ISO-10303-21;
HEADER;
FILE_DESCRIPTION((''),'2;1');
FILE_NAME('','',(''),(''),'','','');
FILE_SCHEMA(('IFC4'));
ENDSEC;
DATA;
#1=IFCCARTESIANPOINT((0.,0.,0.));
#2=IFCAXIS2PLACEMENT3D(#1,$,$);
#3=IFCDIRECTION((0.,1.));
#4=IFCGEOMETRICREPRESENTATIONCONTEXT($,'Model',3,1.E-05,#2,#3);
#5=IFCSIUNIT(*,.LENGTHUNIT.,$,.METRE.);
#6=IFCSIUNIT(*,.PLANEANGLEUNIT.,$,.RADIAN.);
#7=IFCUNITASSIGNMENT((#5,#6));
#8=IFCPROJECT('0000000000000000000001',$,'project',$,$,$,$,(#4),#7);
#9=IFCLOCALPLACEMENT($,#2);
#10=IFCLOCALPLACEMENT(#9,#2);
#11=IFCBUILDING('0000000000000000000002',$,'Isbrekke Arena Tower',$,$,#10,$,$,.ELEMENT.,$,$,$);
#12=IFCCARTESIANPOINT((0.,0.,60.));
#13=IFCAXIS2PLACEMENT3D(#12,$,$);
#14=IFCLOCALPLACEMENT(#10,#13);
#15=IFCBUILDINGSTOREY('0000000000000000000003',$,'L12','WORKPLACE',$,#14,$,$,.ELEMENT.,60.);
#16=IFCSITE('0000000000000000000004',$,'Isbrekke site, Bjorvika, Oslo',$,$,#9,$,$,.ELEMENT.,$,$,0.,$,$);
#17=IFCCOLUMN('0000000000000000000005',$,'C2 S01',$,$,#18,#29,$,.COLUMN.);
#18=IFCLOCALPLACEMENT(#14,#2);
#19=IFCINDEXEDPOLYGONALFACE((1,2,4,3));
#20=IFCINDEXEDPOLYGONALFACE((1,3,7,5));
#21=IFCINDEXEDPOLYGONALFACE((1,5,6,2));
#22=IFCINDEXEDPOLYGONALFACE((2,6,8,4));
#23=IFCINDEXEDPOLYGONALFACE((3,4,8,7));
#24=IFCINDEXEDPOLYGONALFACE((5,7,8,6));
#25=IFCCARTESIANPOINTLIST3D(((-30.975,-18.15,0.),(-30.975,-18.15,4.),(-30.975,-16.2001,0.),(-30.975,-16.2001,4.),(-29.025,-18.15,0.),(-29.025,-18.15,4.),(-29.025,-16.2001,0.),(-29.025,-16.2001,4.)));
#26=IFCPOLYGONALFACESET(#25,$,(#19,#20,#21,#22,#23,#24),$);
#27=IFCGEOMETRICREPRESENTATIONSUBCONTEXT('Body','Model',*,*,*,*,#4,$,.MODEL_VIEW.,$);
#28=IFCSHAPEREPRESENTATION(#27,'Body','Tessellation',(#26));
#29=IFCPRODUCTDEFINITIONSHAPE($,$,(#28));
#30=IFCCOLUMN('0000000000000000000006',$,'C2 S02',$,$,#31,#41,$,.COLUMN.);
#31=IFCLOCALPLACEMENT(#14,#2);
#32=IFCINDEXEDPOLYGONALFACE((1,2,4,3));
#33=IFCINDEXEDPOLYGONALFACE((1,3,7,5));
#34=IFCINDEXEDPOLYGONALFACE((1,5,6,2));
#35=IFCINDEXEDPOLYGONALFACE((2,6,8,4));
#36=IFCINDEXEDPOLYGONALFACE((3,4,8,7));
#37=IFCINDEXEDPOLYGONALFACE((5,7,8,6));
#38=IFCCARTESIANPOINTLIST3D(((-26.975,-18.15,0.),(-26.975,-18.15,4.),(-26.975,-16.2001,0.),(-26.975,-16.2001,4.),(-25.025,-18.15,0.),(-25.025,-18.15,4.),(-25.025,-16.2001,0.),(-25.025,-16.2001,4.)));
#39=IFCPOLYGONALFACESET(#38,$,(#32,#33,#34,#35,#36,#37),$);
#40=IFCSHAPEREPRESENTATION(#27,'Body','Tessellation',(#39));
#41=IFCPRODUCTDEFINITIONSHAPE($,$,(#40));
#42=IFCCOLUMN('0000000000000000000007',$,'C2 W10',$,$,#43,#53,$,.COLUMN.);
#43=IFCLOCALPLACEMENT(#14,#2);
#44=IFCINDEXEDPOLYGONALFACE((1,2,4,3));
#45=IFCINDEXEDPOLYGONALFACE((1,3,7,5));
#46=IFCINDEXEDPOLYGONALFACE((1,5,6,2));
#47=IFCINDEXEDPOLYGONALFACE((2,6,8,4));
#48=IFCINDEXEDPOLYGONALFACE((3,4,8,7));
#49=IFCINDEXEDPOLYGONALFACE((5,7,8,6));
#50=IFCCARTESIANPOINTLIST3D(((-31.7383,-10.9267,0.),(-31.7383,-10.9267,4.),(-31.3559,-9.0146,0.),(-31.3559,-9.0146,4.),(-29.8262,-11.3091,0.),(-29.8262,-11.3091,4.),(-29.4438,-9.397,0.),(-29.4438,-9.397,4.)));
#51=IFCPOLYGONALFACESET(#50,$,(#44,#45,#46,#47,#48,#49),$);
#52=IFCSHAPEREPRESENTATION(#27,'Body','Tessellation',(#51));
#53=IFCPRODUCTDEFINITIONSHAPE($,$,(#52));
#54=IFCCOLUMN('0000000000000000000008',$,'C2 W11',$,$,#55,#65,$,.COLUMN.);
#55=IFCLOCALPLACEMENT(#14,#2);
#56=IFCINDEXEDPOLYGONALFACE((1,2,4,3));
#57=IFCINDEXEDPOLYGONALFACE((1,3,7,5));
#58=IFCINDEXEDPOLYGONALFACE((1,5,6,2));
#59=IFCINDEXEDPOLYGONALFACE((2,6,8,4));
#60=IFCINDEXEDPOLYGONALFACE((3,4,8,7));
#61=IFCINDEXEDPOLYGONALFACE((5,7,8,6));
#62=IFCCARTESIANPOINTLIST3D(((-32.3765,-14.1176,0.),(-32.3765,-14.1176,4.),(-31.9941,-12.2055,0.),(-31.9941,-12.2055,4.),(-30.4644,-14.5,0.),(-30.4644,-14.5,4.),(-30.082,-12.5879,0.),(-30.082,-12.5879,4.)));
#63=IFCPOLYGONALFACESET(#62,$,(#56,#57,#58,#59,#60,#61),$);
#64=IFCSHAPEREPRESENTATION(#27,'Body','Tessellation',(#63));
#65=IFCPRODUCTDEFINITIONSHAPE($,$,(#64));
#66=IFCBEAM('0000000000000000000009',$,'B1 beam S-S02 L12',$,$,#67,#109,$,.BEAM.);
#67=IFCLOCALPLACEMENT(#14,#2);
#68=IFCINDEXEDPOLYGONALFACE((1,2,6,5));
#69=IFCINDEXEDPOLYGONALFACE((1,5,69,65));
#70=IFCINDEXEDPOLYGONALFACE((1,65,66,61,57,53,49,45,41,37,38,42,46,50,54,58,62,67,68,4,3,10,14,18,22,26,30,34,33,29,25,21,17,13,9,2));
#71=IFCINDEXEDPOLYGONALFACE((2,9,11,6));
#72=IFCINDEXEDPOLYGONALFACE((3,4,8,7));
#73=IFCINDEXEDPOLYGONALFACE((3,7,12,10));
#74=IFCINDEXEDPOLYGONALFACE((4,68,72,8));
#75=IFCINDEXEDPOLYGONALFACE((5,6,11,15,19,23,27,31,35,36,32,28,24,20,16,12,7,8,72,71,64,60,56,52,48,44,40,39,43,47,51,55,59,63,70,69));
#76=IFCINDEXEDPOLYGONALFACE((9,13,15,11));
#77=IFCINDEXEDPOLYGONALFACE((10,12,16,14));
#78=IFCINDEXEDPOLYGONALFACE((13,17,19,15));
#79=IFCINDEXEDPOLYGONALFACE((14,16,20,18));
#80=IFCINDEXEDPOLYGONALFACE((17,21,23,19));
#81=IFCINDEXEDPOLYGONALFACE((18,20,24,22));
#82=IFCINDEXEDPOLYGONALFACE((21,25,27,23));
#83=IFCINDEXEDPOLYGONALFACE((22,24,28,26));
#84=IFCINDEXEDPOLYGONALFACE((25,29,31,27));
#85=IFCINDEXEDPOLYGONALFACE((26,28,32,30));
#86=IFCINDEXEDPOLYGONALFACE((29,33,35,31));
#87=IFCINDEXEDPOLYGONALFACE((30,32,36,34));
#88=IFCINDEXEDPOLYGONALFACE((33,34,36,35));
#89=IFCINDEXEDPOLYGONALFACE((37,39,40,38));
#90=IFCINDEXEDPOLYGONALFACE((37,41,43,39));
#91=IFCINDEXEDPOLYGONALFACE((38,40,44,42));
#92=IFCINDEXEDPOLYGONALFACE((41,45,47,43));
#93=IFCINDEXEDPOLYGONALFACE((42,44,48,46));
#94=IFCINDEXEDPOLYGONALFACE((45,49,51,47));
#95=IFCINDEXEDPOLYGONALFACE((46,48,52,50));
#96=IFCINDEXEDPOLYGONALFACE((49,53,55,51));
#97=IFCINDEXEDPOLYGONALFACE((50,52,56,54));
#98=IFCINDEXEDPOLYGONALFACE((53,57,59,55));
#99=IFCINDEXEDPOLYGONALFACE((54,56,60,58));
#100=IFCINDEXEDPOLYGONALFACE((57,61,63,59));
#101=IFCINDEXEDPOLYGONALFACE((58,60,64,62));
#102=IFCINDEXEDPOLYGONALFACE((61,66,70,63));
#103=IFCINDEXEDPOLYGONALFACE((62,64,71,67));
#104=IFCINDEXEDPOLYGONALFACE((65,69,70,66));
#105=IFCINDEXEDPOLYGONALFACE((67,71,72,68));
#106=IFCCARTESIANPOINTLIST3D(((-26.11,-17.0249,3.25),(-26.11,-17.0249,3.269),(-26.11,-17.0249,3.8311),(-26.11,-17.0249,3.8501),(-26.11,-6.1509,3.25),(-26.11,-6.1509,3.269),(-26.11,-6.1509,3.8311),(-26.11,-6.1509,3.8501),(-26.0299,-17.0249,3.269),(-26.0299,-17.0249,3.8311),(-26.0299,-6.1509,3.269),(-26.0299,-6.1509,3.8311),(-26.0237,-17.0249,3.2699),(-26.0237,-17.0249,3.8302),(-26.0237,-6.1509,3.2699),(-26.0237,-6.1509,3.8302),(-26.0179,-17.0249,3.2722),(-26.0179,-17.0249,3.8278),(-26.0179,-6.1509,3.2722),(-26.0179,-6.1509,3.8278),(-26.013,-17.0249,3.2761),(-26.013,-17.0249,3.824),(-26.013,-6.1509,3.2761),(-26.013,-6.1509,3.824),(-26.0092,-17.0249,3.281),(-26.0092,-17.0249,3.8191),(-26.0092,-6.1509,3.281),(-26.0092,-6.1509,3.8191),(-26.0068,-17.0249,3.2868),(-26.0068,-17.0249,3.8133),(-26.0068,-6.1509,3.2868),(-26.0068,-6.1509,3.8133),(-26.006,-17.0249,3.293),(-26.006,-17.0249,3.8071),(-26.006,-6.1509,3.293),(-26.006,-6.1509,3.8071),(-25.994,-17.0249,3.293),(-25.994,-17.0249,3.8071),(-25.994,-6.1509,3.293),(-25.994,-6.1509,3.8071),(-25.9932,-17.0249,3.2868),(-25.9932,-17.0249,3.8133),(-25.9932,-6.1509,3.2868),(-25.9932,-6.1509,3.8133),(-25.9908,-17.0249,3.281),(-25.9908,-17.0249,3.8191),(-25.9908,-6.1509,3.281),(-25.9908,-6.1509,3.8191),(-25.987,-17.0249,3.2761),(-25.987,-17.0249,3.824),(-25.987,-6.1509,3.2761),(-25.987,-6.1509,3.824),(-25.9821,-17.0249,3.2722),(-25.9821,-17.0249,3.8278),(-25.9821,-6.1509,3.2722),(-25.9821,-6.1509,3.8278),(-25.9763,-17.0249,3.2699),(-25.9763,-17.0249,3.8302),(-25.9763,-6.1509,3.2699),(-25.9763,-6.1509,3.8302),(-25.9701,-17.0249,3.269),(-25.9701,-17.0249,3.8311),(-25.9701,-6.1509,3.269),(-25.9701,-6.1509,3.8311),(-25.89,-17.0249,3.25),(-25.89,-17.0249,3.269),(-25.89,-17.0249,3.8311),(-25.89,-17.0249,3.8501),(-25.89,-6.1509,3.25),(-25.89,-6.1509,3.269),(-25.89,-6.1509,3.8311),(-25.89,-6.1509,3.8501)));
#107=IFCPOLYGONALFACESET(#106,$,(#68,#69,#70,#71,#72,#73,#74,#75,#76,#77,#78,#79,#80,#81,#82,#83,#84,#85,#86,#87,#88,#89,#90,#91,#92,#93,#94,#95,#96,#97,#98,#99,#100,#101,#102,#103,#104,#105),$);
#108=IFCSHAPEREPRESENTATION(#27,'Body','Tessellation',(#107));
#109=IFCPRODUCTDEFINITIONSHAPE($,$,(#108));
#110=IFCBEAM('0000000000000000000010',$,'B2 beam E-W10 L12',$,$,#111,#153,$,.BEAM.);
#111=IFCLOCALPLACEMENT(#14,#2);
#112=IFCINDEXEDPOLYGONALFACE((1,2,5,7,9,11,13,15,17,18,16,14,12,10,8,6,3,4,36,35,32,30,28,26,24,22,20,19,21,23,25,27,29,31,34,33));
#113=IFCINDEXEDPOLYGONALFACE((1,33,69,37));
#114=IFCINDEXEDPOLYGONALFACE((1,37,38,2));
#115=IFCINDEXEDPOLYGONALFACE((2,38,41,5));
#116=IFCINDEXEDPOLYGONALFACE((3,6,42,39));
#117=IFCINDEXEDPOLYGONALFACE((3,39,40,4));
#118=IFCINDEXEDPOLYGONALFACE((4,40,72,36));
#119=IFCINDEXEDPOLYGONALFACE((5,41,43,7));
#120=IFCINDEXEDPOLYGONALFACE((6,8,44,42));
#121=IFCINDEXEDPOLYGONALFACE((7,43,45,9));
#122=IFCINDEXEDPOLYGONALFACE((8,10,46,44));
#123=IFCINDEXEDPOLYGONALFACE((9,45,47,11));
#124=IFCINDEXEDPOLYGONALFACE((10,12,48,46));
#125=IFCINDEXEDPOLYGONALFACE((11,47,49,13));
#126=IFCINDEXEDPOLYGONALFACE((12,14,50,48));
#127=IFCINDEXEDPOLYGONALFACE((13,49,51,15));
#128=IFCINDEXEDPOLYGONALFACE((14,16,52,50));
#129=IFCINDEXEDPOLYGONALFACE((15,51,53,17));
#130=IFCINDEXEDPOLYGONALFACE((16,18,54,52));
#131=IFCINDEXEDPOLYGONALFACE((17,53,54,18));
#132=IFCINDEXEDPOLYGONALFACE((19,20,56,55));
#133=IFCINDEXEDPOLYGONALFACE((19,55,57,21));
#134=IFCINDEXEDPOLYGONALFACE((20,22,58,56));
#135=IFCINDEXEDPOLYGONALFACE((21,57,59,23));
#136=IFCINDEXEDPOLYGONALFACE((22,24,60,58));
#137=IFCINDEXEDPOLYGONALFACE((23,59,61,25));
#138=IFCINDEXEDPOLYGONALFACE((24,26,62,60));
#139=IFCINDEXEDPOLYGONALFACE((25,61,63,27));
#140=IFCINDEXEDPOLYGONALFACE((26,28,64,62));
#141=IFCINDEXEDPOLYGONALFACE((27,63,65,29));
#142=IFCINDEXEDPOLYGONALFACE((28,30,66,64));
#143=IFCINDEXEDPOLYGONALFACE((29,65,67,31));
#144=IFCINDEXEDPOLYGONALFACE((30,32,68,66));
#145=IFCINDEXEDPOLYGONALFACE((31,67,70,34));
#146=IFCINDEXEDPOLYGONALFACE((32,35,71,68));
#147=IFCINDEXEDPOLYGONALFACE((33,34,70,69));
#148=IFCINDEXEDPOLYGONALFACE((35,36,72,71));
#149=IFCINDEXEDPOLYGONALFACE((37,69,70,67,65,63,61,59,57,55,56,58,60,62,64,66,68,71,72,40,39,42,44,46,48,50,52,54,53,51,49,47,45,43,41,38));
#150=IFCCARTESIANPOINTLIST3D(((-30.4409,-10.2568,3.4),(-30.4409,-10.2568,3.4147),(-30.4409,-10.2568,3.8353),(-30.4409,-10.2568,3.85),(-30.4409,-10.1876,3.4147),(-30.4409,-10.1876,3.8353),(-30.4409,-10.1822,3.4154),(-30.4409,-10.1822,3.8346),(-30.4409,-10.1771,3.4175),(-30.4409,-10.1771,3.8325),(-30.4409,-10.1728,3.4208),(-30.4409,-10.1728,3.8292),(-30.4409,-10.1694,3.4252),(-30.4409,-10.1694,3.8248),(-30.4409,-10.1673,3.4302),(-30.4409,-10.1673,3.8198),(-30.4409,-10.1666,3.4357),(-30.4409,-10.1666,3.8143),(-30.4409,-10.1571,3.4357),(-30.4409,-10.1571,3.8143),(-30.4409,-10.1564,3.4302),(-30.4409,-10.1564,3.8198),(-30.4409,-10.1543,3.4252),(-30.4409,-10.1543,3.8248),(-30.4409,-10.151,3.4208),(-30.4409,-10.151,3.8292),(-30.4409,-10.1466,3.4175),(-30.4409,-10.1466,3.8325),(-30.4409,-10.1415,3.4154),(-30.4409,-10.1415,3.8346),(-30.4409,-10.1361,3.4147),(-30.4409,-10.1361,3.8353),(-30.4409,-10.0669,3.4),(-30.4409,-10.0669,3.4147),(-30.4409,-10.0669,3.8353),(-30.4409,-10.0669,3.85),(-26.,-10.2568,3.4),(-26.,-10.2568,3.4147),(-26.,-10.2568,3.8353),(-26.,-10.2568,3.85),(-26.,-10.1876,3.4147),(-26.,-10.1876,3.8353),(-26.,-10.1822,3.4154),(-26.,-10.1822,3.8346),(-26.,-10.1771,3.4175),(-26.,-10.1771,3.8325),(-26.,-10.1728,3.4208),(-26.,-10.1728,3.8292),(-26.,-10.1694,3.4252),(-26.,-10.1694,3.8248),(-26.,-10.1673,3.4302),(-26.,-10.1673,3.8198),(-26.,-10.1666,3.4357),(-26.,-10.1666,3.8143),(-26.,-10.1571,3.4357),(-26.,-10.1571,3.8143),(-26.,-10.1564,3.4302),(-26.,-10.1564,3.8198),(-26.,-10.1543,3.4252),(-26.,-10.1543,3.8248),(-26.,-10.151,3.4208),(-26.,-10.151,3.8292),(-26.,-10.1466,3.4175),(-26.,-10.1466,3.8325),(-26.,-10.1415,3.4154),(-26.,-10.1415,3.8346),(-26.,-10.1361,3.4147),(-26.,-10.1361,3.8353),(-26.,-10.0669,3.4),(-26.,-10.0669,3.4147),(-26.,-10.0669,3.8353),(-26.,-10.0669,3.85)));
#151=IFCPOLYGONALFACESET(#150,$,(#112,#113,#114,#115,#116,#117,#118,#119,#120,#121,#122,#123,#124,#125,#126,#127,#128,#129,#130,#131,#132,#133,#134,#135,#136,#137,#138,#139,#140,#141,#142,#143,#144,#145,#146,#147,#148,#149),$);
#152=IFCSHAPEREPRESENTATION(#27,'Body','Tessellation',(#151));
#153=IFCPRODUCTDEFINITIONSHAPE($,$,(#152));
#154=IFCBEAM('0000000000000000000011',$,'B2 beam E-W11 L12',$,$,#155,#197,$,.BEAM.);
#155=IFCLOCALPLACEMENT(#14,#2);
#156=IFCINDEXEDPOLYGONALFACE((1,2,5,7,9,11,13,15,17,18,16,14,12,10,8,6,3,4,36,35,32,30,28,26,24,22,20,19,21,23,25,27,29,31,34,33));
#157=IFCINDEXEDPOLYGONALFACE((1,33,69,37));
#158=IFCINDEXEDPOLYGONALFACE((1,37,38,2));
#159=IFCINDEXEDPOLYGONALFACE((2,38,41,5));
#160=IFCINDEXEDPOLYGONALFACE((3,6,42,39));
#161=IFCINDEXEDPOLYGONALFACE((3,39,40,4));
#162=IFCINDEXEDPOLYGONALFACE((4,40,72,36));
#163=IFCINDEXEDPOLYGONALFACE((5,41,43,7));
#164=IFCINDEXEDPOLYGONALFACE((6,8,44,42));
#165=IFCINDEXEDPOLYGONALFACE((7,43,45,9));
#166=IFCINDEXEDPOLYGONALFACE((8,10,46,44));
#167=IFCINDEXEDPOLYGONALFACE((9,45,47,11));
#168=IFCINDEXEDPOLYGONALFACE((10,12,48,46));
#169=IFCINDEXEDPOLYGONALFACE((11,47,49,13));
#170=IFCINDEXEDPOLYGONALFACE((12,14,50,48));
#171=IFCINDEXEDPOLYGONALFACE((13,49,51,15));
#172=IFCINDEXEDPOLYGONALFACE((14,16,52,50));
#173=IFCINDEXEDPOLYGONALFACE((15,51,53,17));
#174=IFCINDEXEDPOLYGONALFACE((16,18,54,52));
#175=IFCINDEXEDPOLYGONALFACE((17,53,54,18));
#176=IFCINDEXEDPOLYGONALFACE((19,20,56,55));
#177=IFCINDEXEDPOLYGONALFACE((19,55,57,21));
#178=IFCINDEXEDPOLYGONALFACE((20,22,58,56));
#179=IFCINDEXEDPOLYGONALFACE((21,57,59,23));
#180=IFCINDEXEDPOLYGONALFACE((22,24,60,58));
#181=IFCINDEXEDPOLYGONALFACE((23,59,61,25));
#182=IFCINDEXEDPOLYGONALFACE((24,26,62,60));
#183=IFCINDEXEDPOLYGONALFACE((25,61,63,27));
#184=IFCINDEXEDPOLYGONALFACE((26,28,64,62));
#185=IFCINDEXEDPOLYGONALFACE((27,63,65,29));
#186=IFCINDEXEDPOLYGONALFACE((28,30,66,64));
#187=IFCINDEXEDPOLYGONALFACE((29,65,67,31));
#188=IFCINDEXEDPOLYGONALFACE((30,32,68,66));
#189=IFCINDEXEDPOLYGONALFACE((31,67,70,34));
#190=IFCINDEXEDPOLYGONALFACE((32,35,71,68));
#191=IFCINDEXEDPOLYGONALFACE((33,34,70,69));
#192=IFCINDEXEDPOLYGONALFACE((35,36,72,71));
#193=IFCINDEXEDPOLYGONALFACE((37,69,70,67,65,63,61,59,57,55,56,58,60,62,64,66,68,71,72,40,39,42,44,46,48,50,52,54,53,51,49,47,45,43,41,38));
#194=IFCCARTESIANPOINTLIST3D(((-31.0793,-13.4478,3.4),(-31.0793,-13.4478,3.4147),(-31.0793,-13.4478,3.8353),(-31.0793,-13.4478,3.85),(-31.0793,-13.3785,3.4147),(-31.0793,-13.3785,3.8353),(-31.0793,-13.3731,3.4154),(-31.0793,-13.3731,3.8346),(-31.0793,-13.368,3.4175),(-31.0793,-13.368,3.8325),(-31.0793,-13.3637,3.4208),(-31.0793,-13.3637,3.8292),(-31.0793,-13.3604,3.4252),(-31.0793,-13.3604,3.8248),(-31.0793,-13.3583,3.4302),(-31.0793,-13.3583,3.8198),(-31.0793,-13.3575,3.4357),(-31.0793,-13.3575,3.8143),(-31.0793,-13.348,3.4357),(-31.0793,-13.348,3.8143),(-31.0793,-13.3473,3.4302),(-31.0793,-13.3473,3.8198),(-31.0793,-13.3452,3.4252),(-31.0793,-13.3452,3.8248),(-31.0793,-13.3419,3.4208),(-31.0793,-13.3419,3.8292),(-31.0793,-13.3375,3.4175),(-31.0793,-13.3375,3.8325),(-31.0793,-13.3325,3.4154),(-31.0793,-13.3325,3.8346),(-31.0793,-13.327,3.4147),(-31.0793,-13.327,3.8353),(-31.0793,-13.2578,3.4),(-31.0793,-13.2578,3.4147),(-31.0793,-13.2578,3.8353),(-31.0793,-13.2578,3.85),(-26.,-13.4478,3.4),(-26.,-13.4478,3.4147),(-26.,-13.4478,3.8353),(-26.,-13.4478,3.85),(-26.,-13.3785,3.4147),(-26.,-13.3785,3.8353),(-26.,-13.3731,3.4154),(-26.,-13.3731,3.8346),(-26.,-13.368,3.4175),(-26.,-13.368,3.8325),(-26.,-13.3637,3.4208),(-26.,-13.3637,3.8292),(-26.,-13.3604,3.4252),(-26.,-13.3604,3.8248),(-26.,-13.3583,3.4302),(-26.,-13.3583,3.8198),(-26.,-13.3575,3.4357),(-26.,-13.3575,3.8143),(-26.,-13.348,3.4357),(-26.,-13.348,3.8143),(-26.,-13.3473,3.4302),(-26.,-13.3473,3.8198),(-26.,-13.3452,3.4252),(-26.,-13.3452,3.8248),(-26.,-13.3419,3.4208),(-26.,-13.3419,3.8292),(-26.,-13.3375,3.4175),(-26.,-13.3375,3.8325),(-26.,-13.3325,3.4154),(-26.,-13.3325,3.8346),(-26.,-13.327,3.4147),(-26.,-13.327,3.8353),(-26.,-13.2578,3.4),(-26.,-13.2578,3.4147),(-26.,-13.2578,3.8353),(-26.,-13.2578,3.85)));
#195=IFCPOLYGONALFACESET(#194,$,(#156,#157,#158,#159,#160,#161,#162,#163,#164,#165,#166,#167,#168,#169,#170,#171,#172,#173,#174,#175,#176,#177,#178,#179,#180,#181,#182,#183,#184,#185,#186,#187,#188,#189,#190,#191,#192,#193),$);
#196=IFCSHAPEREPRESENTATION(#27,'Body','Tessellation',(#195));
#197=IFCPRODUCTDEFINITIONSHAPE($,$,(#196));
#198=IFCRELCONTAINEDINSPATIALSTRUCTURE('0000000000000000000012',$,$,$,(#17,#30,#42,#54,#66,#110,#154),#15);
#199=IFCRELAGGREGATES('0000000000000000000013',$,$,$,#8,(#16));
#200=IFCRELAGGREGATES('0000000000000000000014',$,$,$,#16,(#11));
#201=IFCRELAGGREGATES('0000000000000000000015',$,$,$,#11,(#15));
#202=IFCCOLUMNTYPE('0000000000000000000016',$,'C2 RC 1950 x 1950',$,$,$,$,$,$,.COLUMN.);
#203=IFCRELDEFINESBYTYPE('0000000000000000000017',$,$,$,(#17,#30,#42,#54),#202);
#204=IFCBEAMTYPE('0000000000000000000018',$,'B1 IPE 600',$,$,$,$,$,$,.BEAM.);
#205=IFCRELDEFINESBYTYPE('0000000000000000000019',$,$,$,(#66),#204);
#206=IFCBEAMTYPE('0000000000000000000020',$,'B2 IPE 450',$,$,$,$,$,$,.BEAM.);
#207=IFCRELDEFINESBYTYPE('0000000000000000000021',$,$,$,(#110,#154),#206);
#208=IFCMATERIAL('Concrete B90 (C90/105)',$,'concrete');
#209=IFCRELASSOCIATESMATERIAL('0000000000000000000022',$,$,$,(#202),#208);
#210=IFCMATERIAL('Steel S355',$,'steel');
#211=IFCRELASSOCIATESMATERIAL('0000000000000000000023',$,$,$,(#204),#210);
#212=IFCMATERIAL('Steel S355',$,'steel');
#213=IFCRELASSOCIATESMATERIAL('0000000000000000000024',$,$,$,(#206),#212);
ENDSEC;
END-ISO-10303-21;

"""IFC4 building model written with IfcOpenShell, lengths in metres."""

from ifc_helpers import new_model, si_unit, direction, frame, origin, origin_2d, place, context, subcontext, project, spatial, rectangle, i_section, extrude, material, material_profile, profile_set, type_object, element, save


model = new_model("IFC4")

# Units and contexts
model_context = context("Model", 3, precision=1e-05, world=origin(), true_north=direction((0.0, 1.0)))
body_context = subcontext(model_context, "Body", "Model", "MODEL_VIEW")
ifc_project = project(units=[si_unit("LENGTHUNIT", "METRE"), si_unit("PLANEANGLEUNIT", "RADIAN")], contexts=[model_context])

# Site, building, storey
site_placement = place(None, origin())
site = spatial("IfcSite", under=ifc_project, at=site_placement, Name="Isbrekke site, Bjorvika, Oslo", CompositionType="ELEMENT", RefElevation=0.0)
building_placement = place(site_placement, origin())
building = spatial("IfcBuilding", under=site, at=building_placement, Name="Isbrekke Arena Tower", CompositionType="ELEMENT")
storey_placement = place(building_placement, frame((0.0, 0.0, 60.0)))
storey = spatial("IfcBuildingStorey", under=building, at=storey_placement, Name="L12", Description="WORKPLACE", CompositionType="ELEMENT", Elevation=60.0)

# Columns
ifc_material_1 = material(Name="Concrete B90 (C90/105)", Category="concrete")
ifc_material_profile_1 = material_profile(ifc_material_1, rectangle(XDim=1.95, YDim=1.95, at=origin_2d()), Name="RC 1950x1950")
ifc_profile_set_1 = profile_set([ifc_material_profile_1], Name="Concrete B90 (C90/105)")
column_type = type_object("IfcColumnType", Name="C2 RC 1950 x 1950", PredefinedType="COLUMN", material=ifc_profile_set_1)
for number, where, z_axis, x_axis, name in (
    (1, (-30.0, -17.175, 0.0), (0.0, 0.0, 1.0), (1.0, 0.0, 0.0), "C2 S01"),
    (2, (-26.0, -17.175, 0.0), (0.0, 0.0, 1.0), (1.0, 0.0, 0.0), "C2 S02"),
    (3, (-30.5911, -10.1619, 0.0), (0.0, 0.0, 1.0), (-0.196116, -0.980581, 0.0), "C2 W10"),
    (4, (-31.2292, -13.3528, 0.0), (0.0, 0.0, 1.0), (-0.196116, -0.980581, 0.0), "C2 W11"),
):
    element("IfcColumn", number, at=place(storey_placement, frame(where, z_axis=z_axis, x_axis=x_axis)), inside=storey, type_object=column_type, Name=name, PredefinedType="COLUMN", context=body_context, shape_type="SweptSolid", body=[
        extrude(rectangle(XDim=1.95, YDim=1.95, at=origin_2d()), origin(), (0.0, 0.0, 1.0), 4.0),
    ])

# Beams
ifc_material_2 = material(Name="Steel S355", Category="steel")
ifc_material_profile_2 = material_profile(ifc_material_2, i_section(OverallWidth=0.22, OverallDepth=0.6001, WebThickness=0.012, FlangeThickness=0.019, FilletRadius=0.0239, at=origin_2d()), Name="IPE 600")
ifc_profile_set_2 = profile_set([ifc_material_profile_2], Name="Steel S355")
beam_type_1 = type_object("IfcBeamType", Name="B1 IPE 600", PredefinedType="BEAM", material=ifc_profile_set_2)
beam_1_placement = place(storey_placement, frame((-26.0, -17.0249, 3.55), z_axis=(0.0, 1.0, 0.0), x_axis=(-1.0, 0.0, 0.0)))
element("IfcBeam", 5, at=beam_1_placement, inside=storey, type_object=beam_type_1, Name="B1 beam S-S02 L12", PredefinedType="BEAM", context=body_context, shape_type="SweptSolid", body=[
    extrude(i_section(OverallWidth=0.22, OverallDepth=0.6001, WebThickness=0.012, FlangeThickness=0.019, FilletRadius=0.0239, at=origin_2d()), origin(), (0.0, 0.0, 1.0), 10.874),
])
ifc_material_3 = material(Name="Steel S355", Category="steel")
ifc_material_profile_3 = material_profile(ifc_material_3, i_section(OverallWidth=0.1899, OverallDepth=0.45, WebThickness=0.0095, FlangeThickness=0.0146, FilletRadius=0.021, at=origin_2d()), Name="IPE 450")
ifc_profile_set_3 = profile_set([ifc_material_profile_3], Name="Steel S355")
beam_type_2 = type_object("IfcBeamType", Name="B2 IPE 450", PredefinedType="BEAM", material=ifc_profile_set_3)
beam_2_placement = place(storey_placement, frame((-30.4409, -10.1619, 3.625), z_axis=(1.0, 0.0, 0.0), x_axis=(0.0, 1.0, 0.0)))
element("IfcBeam", 6, at=beam_2_placement, inside=storey, type_object=beam_type_2, Name="B2 beam E-W10 L12", PredefinedType="BEAM", context=body_context, shape_type="SweptSolid", body=[
    extrude(i_section(OverallWidth=0.1899, OverallDepth=0.45, WebThickness=0.0095, FlangeThickness=0.0146, FilletRadius=0.021, at=origin_2d()), origin(), (0.0, 0.0, 1.0), 4.4409),
])
beam_3_placement = place(storey_placement, frame((-31.0793, -13.3528, 3.625), z_axis=(1.0, 0.0, 0.0), x_axis=(0.0, 1.0, 0.0)))
element("IfcBeam", 7, at=beam_3_placement, inside=storey, type_object=beam_type_2, Name="B2 beam E-W11 L12", PredefinedType="BEAM", context=body_context, shape_type="SweptSolid", body=[
    extrude(i_section(OverallWidth=0.1899, OverallDepth=0.45, WebThickness=0.0095, FlangeThickness=0.0146, FilletRadius=0.021, at=origin_2d()), origin(), (0.0, 0.0, 1.0), 5.0793),
])

save(model, "model.ifc")
